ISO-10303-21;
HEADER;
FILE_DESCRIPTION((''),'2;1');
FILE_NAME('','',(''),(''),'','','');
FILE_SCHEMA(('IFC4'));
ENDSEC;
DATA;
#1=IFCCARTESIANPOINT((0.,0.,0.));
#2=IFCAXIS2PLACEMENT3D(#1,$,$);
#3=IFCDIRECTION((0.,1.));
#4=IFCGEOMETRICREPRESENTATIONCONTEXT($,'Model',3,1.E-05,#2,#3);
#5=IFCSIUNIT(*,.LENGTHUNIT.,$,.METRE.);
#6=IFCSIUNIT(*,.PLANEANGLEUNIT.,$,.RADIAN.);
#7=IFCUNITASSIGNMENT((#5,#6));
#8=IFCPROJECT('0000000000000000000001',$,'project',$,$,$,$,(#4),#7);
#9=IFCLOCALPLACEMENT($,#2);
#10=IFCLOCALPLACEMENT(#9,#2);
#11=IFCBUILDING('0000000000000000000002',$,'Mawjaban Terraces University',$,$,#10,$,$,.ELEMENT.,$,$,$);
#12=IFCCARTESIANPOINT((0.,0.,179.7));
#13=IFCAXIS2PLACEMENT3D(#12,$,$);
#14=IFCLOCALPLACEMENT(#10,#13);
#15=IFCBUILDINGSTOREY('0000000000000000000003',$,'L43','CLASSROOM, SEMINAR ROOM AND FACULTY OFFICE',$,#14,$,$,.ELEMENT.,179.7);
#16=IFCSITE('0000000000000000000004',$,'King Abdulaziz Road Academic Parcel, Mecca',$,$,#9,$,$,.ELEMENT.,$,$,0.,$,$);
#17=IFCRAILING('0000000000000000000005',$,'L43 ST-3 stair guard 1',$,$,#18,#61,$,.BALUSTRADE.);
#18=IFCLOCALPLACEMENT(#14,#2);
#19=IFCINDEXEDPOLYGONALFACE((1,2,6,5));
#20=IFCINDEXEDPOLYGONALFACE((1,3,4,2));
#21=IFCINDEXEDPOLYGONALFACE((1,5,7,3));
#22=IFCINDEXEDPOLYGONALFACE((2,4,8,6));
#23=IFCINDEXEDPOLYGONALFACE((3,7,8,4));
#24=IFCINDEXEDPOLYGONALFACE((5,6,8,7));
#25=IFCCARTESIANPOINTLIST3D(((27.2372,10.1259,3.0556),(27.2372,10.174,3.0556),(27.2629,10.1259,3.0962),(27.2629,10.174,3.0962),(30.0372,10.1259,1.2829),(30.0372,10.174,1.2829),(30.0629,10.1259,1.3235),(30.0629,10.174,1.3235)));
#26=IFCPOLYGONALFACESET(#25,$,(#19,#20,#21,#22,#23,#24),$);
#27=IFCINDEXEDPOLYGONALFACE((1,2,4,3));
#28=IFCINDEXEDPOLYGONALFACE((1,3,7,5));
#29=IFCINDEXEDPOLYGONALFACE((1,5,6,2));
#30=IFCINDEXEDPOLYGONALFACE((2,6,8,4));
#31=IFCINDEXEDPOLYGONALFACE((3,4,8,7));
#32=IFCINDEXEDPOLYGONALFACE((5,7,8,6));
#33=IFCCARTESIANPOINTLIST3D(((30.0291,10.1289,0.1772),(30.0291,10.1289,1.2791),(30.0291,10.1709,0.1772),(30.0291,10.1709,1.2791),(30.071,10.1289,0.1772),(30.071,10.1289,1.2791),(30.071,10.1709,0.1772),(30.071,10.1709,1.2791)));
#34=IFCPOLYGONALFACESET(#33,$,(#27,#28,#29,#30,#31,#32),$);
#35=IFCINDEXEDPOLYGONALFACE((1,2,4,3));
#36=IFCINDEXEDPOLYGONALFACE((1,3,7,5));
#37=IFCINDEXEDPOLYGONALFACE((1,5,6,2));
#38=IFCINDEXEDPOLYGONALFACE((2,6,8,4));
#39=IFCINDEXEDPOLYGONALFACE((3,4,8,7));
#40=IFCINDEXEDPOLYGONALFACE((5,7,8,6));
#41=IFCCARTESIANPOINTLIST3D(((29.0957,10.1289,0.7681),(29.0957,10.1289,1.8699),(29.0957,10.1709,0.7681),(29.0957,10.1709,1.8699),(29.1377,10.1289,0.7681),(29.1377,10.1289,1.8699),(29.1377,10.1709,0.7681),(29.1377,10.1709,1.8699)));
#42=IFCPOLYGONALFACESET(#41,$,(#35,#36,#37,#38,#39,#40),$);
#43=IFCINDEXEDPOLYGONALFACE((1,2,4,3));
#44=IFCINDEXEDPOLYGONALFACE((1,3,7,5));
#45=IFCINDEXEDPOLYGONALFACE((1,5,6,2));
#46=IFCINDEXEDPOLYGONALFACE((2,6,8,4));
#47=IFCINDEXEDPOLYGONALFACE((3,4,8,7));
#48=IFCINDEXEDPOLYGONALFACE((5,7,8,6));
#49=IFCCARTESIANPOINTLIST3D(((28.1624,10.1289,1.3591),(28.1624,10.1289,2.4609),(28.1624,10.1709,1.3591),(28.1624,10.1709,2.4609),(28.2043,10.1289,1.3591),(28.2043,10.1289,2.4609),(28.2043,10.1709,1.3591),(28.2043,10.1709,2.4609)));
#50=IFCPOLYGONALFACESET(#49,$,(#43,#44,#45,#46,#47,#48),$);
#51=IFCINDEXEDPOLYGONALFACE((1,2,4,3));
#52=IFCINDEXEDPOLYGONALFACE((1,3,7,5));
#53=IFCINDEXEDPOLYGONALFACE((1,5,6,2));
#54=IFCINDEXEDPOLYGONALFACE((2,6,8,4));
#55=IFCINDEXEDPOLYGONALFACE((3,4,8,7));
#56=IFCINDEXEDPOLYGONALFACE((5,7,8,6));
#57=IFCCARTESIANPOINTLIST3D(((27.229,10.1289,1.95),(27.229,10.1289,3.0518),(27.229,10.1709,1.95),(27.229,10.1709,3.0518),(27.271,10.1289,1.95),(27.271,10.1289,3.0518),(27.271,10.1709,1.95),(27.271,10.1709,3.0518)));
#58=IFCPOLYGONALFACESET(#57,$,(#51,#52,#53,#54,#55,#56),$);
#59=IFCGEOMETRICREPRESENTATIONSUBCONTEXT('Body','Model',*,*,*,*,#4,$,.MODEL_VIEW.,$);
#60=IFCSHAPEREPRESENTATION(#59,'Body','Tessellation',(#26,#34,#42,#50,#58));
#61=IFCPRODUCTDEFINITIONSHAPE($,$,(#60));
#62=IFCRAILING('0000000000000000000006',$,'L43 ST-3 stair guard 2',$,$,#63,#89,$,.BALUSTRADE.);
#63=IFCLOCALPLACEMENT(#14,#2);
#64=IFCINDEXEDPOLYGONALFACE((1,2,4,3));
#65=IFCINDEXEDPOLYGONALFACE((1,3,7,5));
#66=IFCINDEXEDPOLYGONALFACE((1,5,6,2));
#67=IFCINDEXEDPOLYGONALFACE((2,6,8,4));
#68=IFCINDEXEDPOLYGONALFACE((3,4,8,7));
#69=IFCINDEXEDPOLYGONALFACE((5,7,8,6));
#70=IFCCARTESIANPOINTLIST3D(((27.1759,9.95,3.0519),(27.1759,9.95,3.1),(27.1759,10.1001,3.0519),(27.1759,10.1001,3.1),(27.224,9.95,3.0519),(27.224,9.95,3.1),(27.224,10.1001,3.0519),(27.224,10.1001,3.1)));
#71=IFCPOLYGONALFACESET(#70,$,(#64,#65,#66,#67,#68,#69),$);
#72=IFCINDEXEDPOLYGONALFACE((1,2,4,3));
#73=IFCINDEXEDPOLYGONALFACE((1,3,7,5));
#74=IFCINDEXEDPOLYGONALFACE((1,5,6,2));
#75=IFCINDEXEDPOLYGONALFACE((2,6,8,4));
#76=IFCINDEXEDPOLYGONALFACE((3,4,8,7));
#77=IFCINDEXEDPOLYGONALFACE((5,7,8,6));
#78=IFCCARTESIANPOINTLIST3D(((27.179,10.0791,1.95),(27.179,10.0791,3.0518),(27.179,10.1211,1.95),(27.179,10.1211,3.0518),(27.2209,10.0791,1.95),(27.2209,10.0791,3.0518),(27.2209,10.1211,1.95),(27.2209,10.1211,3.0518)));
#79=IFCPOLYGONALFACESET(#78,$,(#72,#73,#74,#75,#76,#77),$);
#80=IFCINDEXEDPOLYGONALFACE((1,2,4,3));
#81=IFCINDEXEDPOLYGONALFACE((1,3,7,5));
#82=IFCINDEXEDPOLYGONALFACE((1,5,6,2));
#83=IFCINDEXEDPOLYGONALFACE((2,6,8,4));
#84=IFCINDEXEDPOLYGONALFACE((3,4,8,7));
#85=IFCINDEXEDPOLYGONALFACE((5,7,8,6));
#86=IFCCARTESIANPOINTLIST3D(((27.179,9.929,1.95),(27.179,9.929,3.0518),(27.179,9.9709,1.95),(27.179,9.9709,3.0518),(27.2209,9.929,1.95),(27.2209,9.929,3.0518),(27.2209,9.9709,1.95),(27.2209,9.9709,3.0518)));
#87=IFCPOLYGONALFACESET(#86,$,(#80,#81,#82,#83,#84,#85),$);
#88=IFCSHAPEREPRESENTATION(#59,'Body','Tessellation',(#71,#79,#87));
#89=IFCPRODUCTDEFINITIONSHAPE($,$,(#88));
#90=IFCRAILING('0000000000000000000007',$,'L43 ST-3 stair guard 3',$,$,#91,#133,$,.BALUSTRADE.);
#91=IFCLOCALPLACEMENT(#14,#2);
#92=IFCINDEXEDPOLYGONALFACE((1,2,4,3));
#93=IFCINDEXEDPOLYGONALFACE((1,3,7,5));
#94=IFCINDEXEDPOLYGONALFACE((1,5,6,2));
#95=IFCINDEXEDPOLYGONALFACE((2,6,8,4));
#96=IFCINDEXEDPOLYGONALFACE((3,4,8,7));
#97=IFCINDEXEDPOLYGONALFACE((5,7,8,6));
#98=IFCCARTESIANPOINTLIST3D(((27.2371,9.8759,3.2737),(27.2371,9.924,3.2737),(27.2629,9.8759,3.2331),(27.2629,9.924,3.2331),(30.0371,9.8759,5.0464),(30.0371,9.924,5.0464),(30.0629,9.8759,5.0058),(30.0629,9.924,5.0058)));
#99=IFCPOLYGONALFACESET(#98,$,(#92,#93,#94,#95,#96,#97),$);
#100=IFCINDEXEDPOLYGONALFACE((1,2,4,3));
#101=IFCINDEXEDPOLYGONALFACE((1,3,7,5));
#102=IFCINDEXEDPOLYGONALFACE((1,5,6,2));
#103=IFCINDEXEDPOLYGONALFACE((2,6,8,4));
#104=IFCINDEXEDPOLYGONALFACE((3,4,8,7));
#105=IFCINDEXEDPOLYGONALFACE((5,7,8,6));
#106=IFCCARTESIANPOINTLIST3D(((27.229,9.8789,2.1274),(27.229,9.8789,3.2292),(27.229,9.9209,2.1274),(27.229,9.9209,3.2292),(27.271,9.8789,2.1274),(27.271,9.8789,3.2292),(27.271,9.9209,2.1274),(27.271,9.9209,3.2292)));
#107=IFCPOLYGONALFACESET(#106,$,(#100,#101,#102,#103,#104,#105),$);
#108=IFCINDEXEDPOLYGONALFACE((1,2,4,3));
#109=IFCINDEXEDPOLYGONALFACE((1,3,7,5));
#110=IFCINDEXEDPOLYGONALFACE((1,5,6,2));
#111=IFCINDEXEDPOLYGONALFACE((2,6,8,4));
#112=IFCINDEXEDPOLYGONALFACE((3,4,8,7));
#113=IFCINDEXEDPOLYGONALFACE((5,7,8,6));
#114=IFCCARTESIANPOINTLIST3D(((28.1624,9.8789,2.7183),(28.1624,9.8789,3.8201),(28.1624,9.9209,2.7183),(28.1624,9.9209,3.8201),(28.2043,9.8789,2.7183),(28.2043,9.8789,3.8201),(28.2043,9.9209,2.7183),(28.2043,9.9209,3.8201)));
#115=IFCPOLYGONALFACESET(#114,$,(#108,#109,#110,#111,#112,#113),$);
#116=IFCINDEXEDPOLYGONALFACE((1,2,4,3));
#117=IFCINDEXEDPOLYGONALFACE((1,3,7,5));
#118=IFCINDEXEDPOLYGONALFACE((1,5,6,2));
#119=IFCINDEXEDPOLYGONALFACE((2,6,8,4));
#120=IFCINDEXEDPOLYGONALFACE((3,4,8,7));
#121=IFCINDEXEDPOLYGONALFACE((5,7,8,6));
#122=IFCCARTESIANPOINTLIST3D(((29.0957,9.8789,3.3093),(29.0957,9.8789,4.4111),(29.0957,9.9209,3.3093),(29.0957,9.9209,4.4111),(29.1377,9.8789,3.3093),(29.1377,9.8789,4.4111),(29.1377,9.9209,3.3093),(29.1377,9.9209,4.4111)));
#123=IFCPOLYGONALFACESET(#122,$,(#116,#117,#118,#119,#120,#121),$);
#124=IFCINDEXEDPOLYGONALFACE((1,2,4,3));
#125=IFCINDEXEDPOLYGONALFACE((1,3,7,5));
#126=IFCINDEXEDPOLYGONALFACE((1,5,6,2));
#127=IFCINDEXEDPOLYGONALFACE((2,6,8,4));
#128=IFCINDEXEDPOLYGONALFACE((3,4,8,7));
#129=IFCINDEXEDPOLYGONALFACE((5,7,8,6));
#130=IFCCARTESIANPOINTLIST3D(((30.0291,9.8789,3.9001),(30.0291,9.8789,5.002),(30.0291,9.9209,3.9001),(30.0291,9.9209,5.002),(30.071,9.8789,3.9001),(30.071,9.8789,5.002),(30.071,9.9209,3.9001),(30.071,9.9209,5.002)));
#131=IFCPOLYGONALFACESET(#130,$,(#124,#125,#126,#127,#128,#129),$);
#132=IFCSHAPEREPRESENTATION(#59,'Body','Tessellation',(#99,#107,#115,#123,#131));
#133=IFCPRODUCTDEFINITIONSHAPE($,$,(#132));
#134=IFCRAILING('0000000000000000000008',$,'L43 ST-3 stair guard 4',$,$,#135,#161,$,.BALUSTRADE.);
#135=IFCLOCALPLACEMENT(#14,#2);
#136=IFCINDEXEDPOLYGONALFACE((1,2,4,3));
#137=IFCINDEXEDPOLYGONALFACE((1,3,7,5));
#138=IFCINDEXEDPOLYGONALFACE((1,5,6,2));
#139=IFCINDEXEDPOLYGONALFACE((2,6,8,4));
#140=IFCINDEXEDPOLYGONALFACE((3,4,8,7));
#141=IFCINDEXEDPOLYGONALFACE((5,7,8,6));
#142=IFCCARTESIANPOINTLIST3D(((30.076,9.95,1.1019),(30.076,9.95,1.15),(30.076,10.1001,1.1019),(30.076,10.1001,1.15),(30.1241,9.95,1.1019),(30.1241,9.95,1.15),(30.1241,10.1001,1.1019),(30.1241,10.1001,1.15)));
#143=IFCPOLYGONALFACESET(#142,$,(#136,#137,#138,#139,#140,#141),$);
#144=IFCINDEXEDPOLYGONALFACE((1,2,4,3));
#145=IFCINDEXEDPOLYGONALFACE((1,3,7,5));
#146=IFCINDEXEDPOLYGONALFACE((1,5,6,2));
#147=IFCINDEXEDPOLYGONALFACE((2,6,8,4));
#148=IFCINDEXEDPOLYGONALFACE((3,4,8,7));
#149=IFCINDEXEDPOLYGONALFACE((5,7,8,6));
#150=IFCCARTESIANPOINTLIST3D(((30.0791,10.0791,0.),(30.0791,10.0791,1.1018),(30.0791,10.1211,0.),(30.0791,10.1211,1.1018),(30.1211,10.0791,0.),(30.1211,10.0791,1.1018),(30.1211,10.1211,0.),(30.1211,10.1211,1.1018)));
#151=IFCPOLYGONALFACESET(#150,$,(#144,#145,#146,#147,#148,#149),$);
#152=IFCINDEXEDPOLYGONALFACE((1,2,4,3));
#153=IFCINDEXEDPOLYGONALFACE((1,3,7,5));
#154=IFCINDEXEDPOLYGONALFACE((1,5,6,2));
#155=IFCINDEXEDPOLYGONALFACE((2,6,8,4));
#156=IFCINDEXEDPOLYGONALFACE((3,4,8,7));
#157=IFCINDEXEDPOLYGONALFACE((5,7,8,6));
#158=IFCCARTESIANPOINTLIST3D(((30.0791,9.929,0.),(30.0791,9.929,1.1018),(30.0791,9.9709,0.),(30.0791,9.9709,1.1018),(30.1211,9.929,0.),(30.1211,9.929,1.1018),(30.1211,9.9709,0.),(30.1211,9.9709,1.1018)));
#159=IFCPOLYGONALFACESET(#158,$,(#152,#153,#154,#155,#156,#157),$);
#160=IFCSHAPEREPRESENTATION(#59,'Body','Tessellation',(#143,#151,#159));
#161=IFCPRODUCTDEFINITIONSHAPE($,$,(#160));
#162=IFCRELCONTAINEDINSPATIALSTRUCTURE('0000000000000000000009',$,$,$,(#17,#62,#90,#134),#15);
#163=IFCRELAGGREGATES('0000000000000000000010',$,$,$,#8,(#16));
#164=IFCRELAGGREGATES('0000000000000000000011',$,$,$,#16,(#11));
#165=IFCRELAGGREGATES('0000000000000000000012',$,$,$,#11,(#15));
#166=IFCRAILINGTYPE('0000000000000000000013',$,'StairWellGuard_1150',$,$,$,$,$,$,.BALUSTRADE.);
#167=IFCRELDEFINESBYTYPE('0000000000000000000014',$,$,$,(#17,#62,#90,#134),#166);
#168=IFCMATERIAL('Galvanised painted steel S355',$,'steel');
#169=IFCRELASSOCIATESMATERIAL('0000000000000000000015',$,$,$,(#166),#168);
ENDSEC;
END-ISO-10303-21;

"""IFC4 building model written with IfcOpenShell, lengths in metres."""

from ifc_helpers import new_model, si_unit, direction, frame, origin, origin_2d, place, context, subcontext, project, spatial, rectangle, extrude, material, type_object, element, save


model = new_model("IFC4")

# Units and contexts
model_context = context("Model", 3, precision=1e-05, world=origin(), true_north=direction((0.0, 1.0)))
body_context = subcontext(model_context, "Body", "Model", "MODEL_VIEW")
ifc_project = project(units=[si_unit("LENGTHUNIT", "METRE"), si_unit("PLANEANGLEUNIT", "RADIAN")], contexts=[model_context])

# Site, building, storey
site_placement = place(None, origin())
site = spatial("IfcSite", under=ifc_project, at=site_placement, Name="King Abdulaziz Road Academic Parcel, Mecca", CompositionType="ELEMENT", RefElevation=0.0)
building_placement = place(site_placement, origin())
building = spatial("IfcBuilding", under=site, at=building_placement, Name="Mawjaban Terraces University", CompositionType="ELEMENT")
storey_placement = place(building_placement, frame((0.0, 0.0, 179.7)))
storey = spatial("IfcBuildingStorey", under=building, at=storey_placement, Name="L43", Description="CLASSROOM, SEMINAR ROOM AND FACULTY OFFICE", CompositionType="ELEMENT", Elevation=179.7)

# Railings
ifc_material_1 = material(Name="Galvanised painted steel S355", Category="steel")
railing_type_1 = type_object("IfcRailingType", Name="StairWellGuard_1150", PredefinedType="BALUSTRADE", material=ifc_material_1)
railing_1_placement = place(storey_placement, frame((30.05, 10.1499, 0.1772)))
element("IfcRailing", 1, at=railing_1_placement, inside=storey, type_object=railing_type_1, Name="L43 ST-3 stair guard 1", PredefinedType="BALUSTRADE", context=body_context, shape_type="SweptSolid", body=[
    extrude(rectangle(XDim=0.0481, YDim=0.0481, at=origin_2d()), frame((0.0, 0.0, 1.126), z_axis=(-0.844909, 0.0, 0.53491), x_axis=(0.0, -1.0, 0.0)), (0.0, 0.0, 1.0), 3.314),
    extrude(rectangle(XDim=0.042, YDim=0.042, at=origin_2d()), origin(), (0.0, 0.0, 1.0), 1.1018),
    extrude(rectangle(XDim=0.042, YDim=0.042, at=origin_2d()), frame((-0.9333, 0.0, 0.5908)), (0.0, 0.0, 1.0), 1.1018),
    extrude(rectangle(XDim=0.042, YDim=0.042, at=origin_2d()), frame((-1.8667, 0.0, 1.1819)), (0.0, 0.0, 1.0), 1.1018),
    extrude(rectangle(XDim=0.042, YDim=0.042, at=origin_2d()), frame((-2.8, 0.0, 1.7727)), (0.0, 0.0, 1.0), 1.1018),
])
railing_2_placement = place(storey_placement, frame((27.2, 10.1001, 1.95)))
element("IfcRailing", 2, at=railing_2_placement, inside=storey, type_object=railing_type_1, Name="L43 ST-3 stair guard 2", PredefinedType="BALUSTRADE", context=body_context, shape_type="SweptSolid", body=[
    extrude(rectangle(XDim=0.0481, YDim=0.0481, at=origin_2d()), frame((0.0, 0.0, 1.126), z_axis=(0.0, -1.0, 0.0), x_axis=(1.0, 0.0, 0.0)), (0.0, 0.0, 1.0), 0.1501),
    extrude(rectangle(XDim=0.042, YDim=0.042, at=origin_2d()), origin(), (0.0, 0.0, 1.0), 1.1018),
    extrude(rectangle(XDim=0.042, YDim=0.042, at=origin_2d()), frame((0.0, -0.1501, 0.0)), (0.0, 0.0, 1.0), 1.1018),
])
railing_3_placement = place(storey_placement, frame((27.25, 9.8999, 2.1274)))
element("IfcRailing", 3, at=railing_3_placement, inside=storey, type_object=railing_type_1, Name="L43 ST-3 stair guard 3", PredefinedType="BALUSTRADE", context=body_context, shape_type="SweptSolid", body=[
    extrude(rectangle(XDim=0.0481, YDim=0.0481, at=origin_2d()), frame((0.0, 0.0, 1.126), z_axis=(0.844909, 0.0, 0.53491), x_axis=(0.0, 1.0, 0.0)), (0.0, 0.0, 1.0), 3.314),
    extrude(rectangle(XDim=0.042, YDim=0.042, at=origin_2d()), origin(), (0.0, 0.0, 1.0), 1.1018),
    extrude(rectangle(XDim=0.042, YDim=0.042, at=origin_2d()), frame((0.9333, 0.0, 0.5908)), (0.0, 0.0, 1.0), 1.1018),
    extrude(rectangle(XDim=0.042, YDim=0.042, at=origin_2d()), frame((1.8667, 0.0, 1.1819)), (0.0, 0.0, 1.0), 1.1018),
    extrude(rectangle(XDim=0.042, YDim=0.042, at=origin_2d()), frame((2.8, 0.0, 1.7727)), (0.0, 0.0, 1.0), 1.1018),
])
railing_4_placement = place(storey_placement, frame((30.1001, 10.1001, 0.0)))
element("IfcRailing", 4, at=railing_4_placement, inside=storey, type_object=railing_type_1, Name="L43 ST-3 stair guard 4", PredefinedType="BALUSTRADE", context=body_context, shape_type="SweptSolid", body=[
    extrude(rectangle(XDim=0.0481, YDim=0.0481, at=origin_2d()), frame((0.0, 0.0, 1.126), z_axis=(0.0, -1.0, 0.0), x_axis=(1.0, 0.0, 0.0)), (0.0, 0.0, 1.0), 0.1501),
    extrude(rectangle(XDim=0.042, YDim=0.042, at=origin_2d()), origin(), (0.0, 0.0, 1.0), 1.1018),
    extrude(rectangle(XDim=0.042, YDim=0.042, at=origin_2d()), frame((0.0, -0.1501, 0.0)), (0.0, 0.0, 1.0), 1.1018),
])

save(model, "model.ifc")
